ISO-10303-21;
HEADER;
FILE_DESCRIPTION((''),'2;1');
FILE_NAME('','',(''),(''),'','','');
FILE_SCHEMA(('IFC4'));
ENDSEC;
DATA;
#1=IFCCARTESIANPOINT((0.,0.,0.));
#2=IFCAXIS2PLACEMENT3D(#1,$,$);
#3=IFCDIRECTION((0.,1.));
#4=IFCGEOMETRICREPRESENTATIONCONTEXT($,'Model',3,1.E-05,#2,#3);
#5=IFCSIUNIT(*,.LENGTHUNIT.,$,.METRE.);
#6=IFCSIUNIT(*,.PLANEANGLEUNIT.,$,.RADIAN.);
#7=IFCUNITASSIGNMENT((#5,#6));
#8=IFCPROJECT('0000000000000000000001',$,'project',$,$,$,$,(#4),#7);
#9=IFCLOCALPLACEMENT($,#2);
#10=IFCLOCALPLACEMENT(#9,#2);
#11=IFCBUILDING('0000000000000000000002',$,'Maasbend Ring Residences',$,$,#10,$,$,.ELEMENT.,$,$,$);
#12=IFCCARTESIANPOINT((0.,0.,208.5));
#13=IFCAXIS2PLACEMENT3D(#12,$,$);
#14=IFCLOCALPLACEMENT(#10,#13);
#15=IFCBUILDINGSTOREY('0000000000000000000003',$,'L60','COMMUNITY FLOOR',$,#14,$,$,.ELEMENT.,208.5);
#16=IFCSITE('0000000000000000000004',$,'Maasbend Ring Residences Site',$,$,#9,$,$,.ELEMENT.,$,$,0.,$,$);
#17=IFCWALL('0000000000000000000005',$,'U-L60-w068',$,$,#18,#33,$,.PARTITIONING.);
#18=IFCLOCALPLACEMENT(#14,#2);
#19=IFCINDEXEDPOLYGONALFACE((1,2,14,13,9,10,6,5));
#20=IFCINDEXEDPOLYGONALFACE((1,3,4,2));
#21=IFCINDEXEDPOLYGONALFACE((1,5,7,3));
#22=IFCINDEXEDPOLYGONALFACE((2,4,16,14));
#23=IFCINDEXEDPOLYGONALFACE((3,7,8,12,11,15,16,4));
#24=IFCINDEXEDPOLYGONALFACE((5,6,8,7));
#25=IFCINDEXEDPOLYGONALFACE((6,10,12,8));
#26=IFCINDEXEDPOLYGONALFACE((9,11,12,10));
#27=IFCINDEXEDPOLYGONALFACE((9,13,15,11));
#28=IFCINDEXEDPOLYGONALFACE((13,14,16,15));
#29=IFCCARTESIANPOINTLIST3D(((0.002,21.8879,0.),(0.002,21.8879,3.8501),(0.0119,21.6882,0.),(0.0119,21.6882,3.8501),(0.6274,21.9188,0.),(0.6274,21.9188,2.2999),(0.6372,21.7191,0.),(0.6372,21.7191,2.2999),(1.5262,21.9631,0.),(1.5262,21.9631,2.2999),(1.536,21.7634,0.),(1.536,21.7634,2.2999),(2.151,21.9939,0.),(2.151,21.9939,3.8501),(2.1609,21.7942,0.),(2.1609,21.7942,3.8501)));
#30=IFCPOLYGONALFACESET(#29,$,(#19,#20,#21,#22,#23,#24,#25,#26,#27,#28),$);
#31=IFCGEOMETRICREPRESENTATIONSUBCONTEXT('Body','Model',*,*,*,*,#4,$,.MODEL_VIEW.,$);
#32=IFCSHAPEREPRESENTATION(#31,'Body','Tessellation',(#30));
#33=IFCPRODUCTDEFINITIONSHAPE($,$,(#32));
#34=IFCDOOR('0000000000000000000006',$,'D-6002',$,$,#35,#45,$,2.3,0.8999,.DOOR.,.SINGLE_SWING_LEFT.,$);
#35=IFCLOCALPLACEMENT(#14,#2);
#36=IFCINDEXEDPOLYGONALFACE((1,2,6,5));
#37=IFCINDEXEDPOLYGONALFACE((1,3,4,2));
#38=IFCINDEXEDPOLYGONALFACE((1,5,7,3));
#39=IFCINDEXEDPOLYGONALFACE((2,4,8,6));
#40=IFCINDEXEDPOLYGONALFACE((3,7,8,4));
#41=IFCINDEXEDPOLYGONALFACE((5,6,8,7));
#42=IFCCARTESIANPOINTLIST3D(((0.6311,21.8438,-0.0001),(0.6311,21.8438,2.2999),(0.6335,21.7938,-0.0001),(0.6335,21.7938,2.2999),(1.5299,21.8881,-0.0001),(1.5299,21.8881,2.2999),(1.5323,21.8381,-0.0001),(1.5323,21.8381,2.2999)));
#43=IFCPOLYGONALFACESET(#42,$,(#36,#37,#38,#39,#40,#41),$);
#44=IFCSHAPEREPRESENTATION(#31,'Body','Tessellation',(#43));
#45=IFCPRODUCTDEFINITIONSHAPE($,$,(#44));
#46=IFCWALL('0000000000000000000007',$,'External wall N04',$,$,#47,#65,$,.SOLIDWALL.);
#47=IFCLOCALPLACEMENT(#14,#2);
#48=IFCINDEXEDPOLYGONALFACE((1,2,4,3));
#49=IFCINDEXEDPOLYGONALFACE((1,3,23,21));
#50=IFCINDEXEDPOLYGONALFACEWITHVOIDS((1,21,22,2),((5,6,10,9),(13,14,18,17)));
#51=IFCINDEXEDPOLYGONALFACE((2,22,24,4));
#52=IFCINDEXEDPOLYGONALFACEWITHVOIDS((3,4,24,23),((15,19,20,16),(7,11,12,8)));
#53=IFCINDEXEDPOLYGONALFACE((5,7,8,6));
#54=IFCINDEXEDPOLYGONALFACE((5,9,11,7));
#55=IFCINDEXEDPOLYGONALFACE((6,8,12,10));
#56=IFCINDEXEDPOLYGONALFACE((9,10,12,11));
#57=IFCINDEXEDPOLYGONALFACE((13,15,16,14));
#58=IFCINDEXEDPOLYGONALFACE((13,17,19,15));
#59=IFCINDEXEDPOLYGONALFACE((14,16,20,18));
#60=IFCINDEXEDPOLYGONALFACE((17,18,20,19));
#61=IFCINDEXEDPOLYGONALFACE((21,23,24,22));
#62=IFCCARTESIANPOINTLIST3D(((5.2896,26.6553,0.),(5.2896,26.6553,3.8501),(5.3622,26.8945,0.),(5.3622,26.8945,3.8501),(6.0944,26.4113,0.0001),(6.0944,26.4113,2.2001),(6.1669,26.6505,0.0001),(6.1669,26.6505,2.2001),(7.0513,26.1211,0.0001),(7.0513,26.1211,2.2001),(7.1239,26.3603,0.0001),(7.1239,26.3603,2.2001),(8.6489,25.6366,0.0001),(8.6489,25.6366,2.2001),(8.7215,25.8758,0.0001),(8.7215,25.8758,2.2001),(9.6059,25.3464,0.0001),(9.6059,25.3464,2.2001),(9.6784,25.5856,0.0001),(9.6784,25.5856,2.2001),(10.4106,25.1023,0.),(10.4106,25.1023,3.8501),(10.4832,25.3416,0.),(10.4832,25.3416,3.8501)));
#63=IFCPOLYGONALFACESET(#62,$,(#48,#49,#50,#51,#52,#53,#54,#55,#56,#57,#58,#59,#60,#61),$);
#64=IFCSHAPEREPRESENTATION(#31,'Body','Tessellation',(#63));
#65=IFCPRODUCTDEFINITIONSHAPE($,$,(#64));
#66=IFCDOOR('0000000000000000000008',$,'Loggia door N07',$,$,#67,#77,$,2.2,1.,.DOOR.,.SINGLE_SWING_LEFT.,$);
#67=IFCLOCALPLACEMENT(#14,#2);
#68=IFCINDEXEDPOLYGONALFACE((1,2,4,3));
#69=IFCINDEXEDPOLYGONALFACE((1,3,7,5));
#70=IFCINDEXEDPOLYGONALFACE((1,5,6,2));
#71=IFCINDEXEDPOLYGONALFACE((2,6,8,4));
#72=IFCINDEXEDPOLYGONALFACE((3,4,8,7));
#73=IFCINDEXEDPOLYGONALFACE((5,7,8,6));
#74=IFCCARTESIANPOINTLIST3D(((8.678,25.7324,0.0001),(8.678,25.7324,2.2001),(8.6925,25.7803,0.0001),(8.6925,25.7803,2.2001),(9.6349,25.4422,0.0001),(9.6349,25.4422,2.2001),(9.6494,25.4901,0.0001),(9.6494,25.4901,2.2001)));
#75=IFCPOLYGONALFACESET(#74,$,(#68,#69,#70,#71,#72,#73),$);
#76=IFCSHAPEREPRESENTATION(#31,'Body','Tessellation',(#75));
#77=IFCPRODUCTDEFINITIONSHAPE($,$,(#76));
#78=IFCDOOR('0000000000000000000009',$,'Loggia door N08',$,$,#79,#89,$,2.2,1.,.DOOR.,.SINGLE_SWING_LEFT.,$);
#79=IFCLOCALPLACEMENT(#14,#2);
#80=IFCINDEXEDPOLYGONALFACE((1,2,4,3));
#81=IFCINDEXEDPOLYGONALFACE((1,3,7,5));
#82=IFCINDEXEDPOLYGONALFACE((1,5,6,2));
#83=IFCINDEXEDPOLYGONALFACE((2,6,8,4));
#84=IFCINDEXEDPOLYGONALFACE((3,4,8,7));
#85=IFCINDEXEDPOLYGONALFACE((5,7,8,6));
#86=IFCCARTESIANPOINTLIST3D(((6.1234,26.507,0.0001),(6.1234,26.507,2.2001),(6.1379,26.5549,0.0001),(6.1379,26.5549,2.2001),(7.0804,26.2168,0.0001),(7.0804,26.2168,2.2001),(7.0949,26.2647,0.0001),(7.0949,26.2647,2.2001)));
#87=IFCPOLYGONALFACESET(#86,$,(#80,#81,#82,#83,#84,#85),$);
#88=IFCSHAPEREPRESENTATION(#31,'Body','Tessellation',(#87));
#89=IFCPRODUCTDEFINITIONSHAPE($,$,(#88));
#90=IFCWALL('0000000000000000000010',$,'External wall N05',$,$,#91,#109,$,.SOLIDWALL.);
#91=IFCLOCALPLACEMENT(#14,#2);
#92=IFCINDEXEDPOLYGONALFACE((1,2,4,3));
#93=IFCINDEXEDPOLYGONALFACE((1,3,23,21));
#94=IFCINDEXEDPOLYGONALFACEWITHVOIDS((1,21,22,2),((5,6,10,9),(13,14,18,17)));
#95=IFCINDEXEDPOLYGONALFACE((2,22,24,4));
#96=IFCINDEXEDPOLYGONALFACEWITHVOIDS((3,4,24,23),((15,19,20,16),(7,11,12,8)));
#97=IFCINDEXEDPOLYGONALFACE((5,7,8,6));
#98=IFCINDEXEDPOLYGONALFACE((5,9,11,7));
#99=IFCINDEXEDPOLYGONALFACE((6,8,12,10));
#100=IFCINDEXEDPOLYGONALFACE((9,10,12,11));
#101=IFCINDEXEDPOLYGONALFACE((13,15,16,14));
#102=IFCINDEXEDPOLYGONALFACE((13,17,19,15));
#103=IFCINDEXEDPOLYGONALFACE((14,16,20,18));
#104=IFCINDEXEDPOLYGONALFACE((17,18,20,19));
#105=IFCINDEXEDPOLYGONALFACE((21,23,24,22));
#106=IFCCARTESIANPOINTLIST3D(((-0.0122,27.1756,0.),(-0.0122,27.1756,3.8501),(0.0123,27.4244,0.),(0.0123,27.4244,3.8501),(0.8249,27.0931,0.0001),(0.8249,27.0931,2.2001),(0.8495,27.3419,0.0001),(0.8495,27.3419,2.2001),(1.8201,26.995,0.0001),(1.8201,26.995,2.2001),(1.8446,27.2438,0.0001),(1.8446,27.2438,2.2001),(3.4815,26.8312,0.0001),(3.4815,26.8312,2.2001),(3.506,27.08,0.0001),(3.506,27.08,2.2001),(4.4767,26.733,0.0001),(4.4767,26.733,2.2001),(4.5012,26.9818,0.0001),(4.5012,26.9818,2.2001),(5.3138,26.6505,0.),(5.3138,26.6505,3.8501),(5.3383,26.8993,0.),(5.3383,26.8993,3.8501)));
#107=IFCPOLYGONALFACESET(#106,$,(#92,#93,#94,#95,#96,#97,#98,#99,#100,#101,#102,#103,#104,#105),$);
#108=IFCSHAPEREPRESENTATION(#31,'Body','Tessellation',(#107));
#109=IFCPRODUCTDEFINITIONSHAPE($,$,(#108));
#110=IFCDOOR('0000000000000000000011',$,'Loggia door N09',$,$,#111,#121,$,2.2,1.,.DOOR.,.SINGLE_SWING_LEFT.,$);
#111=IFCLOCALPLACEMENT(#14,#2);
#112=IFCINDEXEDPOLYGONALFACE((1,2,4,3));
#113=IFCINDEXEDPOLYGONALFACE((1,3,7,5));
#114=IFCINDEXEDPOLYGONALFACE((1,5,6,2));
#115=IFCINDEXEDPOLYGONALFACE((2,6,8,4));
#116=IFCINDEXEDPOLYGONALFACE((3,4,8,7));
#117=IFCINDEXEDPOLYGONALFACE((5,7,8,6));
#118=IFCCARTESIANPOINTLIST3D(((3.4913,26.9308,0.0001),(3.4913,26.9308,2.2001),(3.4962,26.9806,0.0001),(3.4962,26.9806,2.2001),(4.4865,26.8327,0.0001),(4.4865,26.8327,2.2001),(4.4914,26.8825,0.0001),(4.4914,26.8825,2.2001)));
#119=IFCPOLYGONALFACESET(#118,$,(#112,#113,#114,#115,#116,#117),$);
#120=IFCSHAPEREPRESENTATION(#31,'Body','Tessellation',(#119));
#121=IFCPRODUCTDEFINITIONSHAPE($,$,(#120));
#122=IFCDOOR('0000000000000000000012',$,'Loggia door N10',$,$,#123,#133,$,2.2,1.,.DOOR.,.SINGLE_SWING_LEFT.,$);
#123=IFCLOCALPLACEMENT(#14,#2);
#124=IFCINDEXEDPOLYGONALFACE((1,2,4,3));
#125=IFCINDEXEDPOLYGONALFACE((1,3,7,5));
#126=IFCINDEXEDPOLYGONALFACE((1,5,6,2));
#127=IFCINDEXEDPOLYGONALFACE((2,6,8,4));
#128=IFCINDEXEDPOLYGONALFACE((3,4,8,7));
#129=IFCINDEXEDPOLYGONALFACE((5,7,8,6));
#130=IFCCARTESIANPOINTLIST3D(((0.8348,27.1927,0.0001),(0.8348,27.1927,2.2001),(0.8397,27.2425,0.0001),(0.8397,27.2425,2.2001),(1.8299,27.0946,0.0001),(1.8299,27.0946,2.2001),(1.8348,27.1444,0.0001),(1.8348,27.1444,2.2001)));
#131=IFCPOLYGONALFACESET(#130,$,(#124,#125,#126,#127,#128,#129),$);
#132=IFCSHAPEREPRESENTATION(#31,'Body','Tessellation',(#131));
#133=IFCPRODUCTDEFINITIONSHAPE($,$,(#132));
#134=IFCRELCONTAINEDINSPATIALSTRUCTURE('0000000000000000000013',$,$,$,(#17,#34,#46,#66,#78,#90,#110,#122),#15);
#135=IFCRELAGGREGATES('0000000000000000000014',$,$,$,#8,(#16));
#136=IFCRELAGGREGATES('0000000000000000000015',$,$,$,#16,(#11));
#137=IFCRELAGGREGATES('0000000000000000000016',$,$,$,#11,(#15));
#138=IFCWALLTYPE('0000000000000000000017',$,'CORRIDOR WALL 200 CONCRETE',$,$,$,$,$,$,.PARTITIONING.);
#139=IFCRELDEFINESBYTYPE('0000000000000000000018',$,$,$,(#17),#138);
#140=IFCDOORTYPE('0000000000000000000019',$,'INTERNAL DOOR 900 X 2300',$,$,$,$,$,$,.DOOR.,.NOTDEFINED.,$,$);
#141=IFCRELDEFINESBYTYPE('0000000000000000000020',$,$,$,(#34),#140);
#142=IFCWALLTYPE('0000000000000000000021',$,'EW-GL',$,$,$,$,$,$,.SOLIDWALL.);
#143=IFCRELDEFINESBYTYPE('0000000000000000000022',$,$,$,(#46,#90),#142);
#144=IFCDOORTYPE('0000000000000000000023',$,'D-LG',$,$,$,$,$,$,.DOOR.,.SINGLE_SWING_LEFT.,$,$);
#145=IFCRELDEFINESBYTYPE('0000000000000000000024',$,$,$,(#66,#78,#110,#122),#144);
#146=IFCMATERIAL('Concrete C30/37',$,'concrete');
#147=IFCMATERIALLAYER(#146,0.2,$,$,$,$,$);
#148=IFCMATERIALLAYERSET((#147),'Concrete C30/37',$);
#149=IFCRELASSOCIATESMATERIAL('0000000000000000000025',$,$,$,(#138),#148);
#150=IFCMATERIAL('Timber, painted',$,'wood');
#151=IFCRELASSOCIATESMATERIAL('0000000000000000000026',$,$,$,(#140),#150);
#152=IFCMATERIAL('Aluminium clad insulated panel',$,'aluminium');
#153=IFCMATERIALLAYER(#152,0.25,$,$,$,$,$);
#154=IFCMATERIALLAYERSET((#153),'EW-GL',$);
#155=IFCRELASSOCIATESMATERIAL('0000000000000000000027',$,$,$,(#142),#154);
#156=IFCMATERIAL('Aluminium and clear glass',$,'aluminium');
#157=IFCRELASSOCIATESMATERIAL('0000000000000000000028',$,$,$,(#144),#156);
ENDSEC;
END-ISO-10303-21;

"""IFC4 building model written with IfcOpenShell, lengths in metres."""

from ifc_helpers import new_model, si_unit, direction, frame, frame_2d, origin, place, context, subcontext, project, spatial, rectangle, extrude, material, layer, layer_set, type_object, element, fill, save


model = new_model("IFC4")

# Units and contexts
model_context = context("Model", 3, precision=1e-05, world=origin(), true_north=direction((0.0, 1.0)))
body_context = subcontext(model_context, "Body", "Model", "MODEL_VIEW")
ifc_project = project(units=[si_unit("LENGTHUNIT", "METRE"), si_unit("PLANEANGLEUNIT", "RADIAN")], contexts=[model_context])

# Site, building, storey
site_placement = place(None, origin())
site = spatial("IfcSite", under=ifc_project, at=site_placement, Name="Maasbend Ring Residences Site", CompositionType="ELEMENT", RefElevation=0.0)
building_placement = place(site_placement, origin())
building = spatial("IfcBuilding", under=site, at=building_placement, Name="Maasbend Ring Residences", CompositionType="ELEMENT")
storey_placement = place(building_placement, frame((0.0, 0.0, 208.5)))
storey = spatial("IfcBuildingStorey", under=building, at=storey_placement, Name="L60", Description="COMMUNITY FLOOR", CompositionType="ELEMENT", Elevation=208.5)

# Shared definitions
ifc_material_1 = material(Name="Concrete C30/37", Category="concrete")
ifc_layer_1 = layer(ifc_material_1, 0.2)
ifc_layer_set_1 = layer_set([ifc_layer_1], Name="Concrete C30/37")
wall_type_1 = type_object("IfcWallType", Name="CORRIDOR WALL 200 CONCRETE", PredefinedType="PARTITIONING", material=ifc_layer_set_1)

# Wall, opening, door
wall_1_placement = place(storey_placement, frame((0.0071, 21.7881, 0.0), z_axis=(0.0, 0.0, 1.0), x_axis=(0.998787, 0.049247, 0.0)))
wall_1 = element("IfcWall", 1, at=wall_1_placement, inside=storey, type_object=wall_type_1, Name="U-L60-w068", PredefinedType="PARTITIONING", context=body_context, shape_type="SweptSolid", body=[
    extrude(rectangle(XDim=2.1516, YDim=0.2, at=frame_2d((1.0757, 0.0))), origin(), (0.0, 0.0, 1.0), 3.8501),
])
opening_1_placement = place(wall_1_placement, frame((0.626, 0.0, 0.0)))
opening_1 = element("IfcOpeningElement", 2, at=opening_1_placement, cuts=wall_1, PredefinedType="OPENING", context=body_context, shape_type="SweptSolid", body=[
    extrude(rectangle(XDim=0.8999, YDim=2.3, at=frame_2d((0.45, 1.1499))), frame((0.0, 0.1099, 0.0), z_axis=(0.0, -1.0, 0.0), x_axis=(1.0, 0.0, 0.0)), (0.0, 0.0, 1.0), 0.22),
])
ifc_material_2 = material(Name="Timber, painted", Category="wood")
door_type_1 = type_object("IfcDoorType", Name="INTERNAL DOOR 900 X 2300", OperationType="NOTDEFINED", PredefinedType="DOOR", material=ifc_material_2)
door_1_placement = place(opening_1_placement, origin())
door_1 = element("IfcDoor", 3, at=door_1_placement, inside=storey, type_object=door_type_1, Name="D-6002", OperationType="SINGLE_SWING_LEFT", OverallHeight=2.3, OverallWidth=0.8999, PredefinedType="DOOR", context=body_context, shape_type="SweptSolid", body=[
    extrude(rectangle(XDim=0.8999, YDim=2.3, at=frame_2d((0.45, 1.1499))), frame((0.0, 0.0249, 0.0), z_axis=(0.0, -1.0, 0.0), x_axis=(1.0, 0.0, 0.0)), (0.0, 0.0, 1.0), 0.05),
])
fill(opening_1, door_1)

# Walls, openings, doors
ifc_material_3 = material(Name="Aluminium clad insulated panel", Category="aluminium")
ifc_layer_2 = layer(ifc_material_3, 0.25)
ifc_layer_set_2 = layer_set([ifc_layer_2], Name="EW-GL")
wall_type_2 = type_object("IfcWallType", Name="EW-GL", PredefinedType="SOLIDWALL", material=ifc_layer_set_2)
wall_2_placement = place(storey_placement, frame((10.447, 25.2219, 0.0), z_axis=(0.0, 0.0, 1.0), x_axis=(-0.956966, 0.290201, 0.0)))
wall_2 = element("IfcWall", 4, at=wall_2_placement, inside=storey, type_object=wall_type_2, Name="External wall N04", PredefinedType="SOLIDWALL", context=body_context, shape_type="SweptSolid", body=[
    extrude(rectangle(XDim=5.3513, YDim=0.25, at=frame_2d((2.6758, 0.0))), origin(), (0.0, 0.0, 1.0), 3.8501),
])
opening_2_placement = place(wall_2_placement, frame((0.8411, 0.0, 0.0)))
opening_2 = element("IfcOpeningElement", 5, at=opening_2_placement, cuts=wall_2, PredefinedType="OPENING", context=body_context, shape_type="SweptSolid", body=[
    extrude(rectangle(XDim=1.0, YDim=2.2, at=frame_2d((0.5, 1.1001))), frame((0.0, 0.135, 0.0), z_axis=(0.0, -1.0, 0.0), x_axis=(1.0, 0.0, 0.0)), (0.0, 0.0, 1.0), 0.27),
])
opening_3_placement = place(wall_2_placement, frame((3.5105, 0.0, 0.0)))
opening_3 = element("IfcOpeningElement", 6, at=opening_3_placement, cuts=wall_2, PredefinedType="OPENING", context=body_context, shape_type="SweptSolid", body=[
    extrude(rectangle(XDim=1.0, YDim=2.2, at=frame_2d((0.5, 1.1001))), frame((0.0, 0.135, 0.0), z_axis=(0.0, -1.0, 0.0), x_axis=(1.0, 0.0, 0.0)), (0.0, 0.0, 1.0), 0.27),
])
ifc_material_4 = material(Name="Aluminium and clear glass", Category="aluminium")
door_type_2 = type_object("IfcDoorType", Name="D-LG", OperationType="SINGLE_SWING_LEFT", PredefinedType="DOOR", material=ifc_material_4)
door_2_placement = place(opening_2_placement, origin())
door_2 = element("IfcDoor", 7, at=door_2_placement, inside=storey, type_object=door_type_2, Name="Loggia door N07", OperationType="SINGLE_SWING_LEFT", OverallHeight=2.2, OverallWidth=1.0, PredefinedType="DOOR", context=body_context, shape_type="SweptSolid", body=[
    extrude(rectangle(XDim=1.0, YDim=2.2, at=frame_2d((0.5, 1.1001))), frame((0.0, 0.0249, 0.0), z_axis=(0.0, -1.0, 0.0), x_axis=(1.0, 0.0, 0.0)), (0.0, 0.0, 1.0), 0.05),
])
fill(opening_2, door_2)
door_3_placement = place(opening_3_placement, origin())
door_3 = element("IfcDoor", 8, at=door_3_placement, inside=storey, type_object=door_type_2, Name="Loggia door N08", OperationType="SINGLE_SWING_LEFT", OverallHeight=2.2, OverallWidth=1.0, PredefinedType="DOOR", context=body_context, shape_type="SweptSolid", body=[
    extrude(rectangle(XDim=1.0, YDim=2.2, at=frame_2d((0.5, 1.1001))), frame((0.0, 0.0249, 0.0), z_axis=(0.0, -1.0, 0.0), x_axis=(1.0, 0.0, 0.0)), (0.0, 0.0, 1.0), 0.05),
])
fill(opening_3, door_3)
wall_3_placement = place(storey_placement, frame((5.3259, 26.7749, 0.0), z_axis=(0.0, 0.0, 1.0), x_axis=(-0.995174, 0.098126, 0.0)))
wall_3 = element("IfcWall", 9, at=wall_3_placement, inside=storey, type_object=wall_type_2, Name="External wall N05", PredefinedType="SOLIDWALL", context=body_context, shape_type="SweptSolid", body=[
    extrude(rectangle(XDim=5.3518, YDim=0.25, at=frame_2d((2.6758, 0.0))), origin(), (0.0, 0.0, 1.0), 3.8501),
])
opening_4_placement = place(wall_3_placement, frame((0.8411, 0.0, 0.0)))
opening_4 = element("IfcOpeningElement", 10, at=opening_4_placement, cuts=wall_3, PredefinedType="OPENING", context=body_context, shape_type="SweptSolid", body=[
    extrude(rectangle(XDim=1.0, YDim=2.2, at=frame_2d((0.5, 1.1001))), frame((0.0, 0.135, 0.0), z_axis=(0.0, -1.0, 0.0), x_axis=(1.0, 0.0, 0.0)), (0.0, 0.0, 1.0), 0.27),
])
opening_5_placement = place(wall_3_placement, frame((3.5105, 0.0, 0.0)))
opening_5 = element("IfcOpeningElement", 11, at=opening_5_placement, cuts=wall_3, PredefinedType="OPENING", context=body_context, shape_type="SweptSolid", body=[
    extrude(rectangle(XDim=1.0, YDim=2.2, at=frame_2d((0.5, 1.1001))), frame((0.0, 0.135, 0.0), z_axis=(0.0, -1.0, 0.0), x_axis=(1.0, 0.0, 0.0)), (0.0, 0.0, 1.0), 0.27),
])
door_4_placement = place(opening_4_placement, origin())
door_4 = element("IfcDoor", 12, at=door_4_placement, inside=storey, type_object=door_type_2, Name="Loggia door N09", OperationType="SINGLE_SWING_LEFT", OverallHeight=2.2, OverallWidth=1.0, PredefinedType="DOOR", context=body_context, shape_type="SweptSolid", body=[
    extrude(rectangle(XDim=1.0, YDim=2.2, at=frame_2d((0.5, 1.1001))), frame((0.0, 0.0249, 0.0), z_axis=(0.0, -1.0, 0.0), x_axis=(1.0, 0.0, 0.0)), (0.0, 0.0, 1.0), 0.05),
])
fill(opening_4, door_4)
door_5_placement = place(opening_5_placement, origin())
door_5 = element("IfcDoor", 13, at=door_5_placement, inside=storey, type_object=door_type_2, Name="Loggia door N10", OperationType="SINGLE_SWING_LEFT", OverallHeight=2.2, OverallWidth=1.0, PredefinedType="DOOR", context=body_context, shape_type="SweptSolid", body=[
    extrude(rectangle(XDim=1.0, YDim=2.2, at=frame_2d((0.5, 1.1001))), frame((0.0, 0.0249, 0.0), z_axis=(0.0, -1.0, 0.0), x_axis=(1.0, 0.0, 0.0)), (0.0, 0.0, 1.0), 0.05),
])
fill(opening_5, door_5)

save(model, "model.ifc")
